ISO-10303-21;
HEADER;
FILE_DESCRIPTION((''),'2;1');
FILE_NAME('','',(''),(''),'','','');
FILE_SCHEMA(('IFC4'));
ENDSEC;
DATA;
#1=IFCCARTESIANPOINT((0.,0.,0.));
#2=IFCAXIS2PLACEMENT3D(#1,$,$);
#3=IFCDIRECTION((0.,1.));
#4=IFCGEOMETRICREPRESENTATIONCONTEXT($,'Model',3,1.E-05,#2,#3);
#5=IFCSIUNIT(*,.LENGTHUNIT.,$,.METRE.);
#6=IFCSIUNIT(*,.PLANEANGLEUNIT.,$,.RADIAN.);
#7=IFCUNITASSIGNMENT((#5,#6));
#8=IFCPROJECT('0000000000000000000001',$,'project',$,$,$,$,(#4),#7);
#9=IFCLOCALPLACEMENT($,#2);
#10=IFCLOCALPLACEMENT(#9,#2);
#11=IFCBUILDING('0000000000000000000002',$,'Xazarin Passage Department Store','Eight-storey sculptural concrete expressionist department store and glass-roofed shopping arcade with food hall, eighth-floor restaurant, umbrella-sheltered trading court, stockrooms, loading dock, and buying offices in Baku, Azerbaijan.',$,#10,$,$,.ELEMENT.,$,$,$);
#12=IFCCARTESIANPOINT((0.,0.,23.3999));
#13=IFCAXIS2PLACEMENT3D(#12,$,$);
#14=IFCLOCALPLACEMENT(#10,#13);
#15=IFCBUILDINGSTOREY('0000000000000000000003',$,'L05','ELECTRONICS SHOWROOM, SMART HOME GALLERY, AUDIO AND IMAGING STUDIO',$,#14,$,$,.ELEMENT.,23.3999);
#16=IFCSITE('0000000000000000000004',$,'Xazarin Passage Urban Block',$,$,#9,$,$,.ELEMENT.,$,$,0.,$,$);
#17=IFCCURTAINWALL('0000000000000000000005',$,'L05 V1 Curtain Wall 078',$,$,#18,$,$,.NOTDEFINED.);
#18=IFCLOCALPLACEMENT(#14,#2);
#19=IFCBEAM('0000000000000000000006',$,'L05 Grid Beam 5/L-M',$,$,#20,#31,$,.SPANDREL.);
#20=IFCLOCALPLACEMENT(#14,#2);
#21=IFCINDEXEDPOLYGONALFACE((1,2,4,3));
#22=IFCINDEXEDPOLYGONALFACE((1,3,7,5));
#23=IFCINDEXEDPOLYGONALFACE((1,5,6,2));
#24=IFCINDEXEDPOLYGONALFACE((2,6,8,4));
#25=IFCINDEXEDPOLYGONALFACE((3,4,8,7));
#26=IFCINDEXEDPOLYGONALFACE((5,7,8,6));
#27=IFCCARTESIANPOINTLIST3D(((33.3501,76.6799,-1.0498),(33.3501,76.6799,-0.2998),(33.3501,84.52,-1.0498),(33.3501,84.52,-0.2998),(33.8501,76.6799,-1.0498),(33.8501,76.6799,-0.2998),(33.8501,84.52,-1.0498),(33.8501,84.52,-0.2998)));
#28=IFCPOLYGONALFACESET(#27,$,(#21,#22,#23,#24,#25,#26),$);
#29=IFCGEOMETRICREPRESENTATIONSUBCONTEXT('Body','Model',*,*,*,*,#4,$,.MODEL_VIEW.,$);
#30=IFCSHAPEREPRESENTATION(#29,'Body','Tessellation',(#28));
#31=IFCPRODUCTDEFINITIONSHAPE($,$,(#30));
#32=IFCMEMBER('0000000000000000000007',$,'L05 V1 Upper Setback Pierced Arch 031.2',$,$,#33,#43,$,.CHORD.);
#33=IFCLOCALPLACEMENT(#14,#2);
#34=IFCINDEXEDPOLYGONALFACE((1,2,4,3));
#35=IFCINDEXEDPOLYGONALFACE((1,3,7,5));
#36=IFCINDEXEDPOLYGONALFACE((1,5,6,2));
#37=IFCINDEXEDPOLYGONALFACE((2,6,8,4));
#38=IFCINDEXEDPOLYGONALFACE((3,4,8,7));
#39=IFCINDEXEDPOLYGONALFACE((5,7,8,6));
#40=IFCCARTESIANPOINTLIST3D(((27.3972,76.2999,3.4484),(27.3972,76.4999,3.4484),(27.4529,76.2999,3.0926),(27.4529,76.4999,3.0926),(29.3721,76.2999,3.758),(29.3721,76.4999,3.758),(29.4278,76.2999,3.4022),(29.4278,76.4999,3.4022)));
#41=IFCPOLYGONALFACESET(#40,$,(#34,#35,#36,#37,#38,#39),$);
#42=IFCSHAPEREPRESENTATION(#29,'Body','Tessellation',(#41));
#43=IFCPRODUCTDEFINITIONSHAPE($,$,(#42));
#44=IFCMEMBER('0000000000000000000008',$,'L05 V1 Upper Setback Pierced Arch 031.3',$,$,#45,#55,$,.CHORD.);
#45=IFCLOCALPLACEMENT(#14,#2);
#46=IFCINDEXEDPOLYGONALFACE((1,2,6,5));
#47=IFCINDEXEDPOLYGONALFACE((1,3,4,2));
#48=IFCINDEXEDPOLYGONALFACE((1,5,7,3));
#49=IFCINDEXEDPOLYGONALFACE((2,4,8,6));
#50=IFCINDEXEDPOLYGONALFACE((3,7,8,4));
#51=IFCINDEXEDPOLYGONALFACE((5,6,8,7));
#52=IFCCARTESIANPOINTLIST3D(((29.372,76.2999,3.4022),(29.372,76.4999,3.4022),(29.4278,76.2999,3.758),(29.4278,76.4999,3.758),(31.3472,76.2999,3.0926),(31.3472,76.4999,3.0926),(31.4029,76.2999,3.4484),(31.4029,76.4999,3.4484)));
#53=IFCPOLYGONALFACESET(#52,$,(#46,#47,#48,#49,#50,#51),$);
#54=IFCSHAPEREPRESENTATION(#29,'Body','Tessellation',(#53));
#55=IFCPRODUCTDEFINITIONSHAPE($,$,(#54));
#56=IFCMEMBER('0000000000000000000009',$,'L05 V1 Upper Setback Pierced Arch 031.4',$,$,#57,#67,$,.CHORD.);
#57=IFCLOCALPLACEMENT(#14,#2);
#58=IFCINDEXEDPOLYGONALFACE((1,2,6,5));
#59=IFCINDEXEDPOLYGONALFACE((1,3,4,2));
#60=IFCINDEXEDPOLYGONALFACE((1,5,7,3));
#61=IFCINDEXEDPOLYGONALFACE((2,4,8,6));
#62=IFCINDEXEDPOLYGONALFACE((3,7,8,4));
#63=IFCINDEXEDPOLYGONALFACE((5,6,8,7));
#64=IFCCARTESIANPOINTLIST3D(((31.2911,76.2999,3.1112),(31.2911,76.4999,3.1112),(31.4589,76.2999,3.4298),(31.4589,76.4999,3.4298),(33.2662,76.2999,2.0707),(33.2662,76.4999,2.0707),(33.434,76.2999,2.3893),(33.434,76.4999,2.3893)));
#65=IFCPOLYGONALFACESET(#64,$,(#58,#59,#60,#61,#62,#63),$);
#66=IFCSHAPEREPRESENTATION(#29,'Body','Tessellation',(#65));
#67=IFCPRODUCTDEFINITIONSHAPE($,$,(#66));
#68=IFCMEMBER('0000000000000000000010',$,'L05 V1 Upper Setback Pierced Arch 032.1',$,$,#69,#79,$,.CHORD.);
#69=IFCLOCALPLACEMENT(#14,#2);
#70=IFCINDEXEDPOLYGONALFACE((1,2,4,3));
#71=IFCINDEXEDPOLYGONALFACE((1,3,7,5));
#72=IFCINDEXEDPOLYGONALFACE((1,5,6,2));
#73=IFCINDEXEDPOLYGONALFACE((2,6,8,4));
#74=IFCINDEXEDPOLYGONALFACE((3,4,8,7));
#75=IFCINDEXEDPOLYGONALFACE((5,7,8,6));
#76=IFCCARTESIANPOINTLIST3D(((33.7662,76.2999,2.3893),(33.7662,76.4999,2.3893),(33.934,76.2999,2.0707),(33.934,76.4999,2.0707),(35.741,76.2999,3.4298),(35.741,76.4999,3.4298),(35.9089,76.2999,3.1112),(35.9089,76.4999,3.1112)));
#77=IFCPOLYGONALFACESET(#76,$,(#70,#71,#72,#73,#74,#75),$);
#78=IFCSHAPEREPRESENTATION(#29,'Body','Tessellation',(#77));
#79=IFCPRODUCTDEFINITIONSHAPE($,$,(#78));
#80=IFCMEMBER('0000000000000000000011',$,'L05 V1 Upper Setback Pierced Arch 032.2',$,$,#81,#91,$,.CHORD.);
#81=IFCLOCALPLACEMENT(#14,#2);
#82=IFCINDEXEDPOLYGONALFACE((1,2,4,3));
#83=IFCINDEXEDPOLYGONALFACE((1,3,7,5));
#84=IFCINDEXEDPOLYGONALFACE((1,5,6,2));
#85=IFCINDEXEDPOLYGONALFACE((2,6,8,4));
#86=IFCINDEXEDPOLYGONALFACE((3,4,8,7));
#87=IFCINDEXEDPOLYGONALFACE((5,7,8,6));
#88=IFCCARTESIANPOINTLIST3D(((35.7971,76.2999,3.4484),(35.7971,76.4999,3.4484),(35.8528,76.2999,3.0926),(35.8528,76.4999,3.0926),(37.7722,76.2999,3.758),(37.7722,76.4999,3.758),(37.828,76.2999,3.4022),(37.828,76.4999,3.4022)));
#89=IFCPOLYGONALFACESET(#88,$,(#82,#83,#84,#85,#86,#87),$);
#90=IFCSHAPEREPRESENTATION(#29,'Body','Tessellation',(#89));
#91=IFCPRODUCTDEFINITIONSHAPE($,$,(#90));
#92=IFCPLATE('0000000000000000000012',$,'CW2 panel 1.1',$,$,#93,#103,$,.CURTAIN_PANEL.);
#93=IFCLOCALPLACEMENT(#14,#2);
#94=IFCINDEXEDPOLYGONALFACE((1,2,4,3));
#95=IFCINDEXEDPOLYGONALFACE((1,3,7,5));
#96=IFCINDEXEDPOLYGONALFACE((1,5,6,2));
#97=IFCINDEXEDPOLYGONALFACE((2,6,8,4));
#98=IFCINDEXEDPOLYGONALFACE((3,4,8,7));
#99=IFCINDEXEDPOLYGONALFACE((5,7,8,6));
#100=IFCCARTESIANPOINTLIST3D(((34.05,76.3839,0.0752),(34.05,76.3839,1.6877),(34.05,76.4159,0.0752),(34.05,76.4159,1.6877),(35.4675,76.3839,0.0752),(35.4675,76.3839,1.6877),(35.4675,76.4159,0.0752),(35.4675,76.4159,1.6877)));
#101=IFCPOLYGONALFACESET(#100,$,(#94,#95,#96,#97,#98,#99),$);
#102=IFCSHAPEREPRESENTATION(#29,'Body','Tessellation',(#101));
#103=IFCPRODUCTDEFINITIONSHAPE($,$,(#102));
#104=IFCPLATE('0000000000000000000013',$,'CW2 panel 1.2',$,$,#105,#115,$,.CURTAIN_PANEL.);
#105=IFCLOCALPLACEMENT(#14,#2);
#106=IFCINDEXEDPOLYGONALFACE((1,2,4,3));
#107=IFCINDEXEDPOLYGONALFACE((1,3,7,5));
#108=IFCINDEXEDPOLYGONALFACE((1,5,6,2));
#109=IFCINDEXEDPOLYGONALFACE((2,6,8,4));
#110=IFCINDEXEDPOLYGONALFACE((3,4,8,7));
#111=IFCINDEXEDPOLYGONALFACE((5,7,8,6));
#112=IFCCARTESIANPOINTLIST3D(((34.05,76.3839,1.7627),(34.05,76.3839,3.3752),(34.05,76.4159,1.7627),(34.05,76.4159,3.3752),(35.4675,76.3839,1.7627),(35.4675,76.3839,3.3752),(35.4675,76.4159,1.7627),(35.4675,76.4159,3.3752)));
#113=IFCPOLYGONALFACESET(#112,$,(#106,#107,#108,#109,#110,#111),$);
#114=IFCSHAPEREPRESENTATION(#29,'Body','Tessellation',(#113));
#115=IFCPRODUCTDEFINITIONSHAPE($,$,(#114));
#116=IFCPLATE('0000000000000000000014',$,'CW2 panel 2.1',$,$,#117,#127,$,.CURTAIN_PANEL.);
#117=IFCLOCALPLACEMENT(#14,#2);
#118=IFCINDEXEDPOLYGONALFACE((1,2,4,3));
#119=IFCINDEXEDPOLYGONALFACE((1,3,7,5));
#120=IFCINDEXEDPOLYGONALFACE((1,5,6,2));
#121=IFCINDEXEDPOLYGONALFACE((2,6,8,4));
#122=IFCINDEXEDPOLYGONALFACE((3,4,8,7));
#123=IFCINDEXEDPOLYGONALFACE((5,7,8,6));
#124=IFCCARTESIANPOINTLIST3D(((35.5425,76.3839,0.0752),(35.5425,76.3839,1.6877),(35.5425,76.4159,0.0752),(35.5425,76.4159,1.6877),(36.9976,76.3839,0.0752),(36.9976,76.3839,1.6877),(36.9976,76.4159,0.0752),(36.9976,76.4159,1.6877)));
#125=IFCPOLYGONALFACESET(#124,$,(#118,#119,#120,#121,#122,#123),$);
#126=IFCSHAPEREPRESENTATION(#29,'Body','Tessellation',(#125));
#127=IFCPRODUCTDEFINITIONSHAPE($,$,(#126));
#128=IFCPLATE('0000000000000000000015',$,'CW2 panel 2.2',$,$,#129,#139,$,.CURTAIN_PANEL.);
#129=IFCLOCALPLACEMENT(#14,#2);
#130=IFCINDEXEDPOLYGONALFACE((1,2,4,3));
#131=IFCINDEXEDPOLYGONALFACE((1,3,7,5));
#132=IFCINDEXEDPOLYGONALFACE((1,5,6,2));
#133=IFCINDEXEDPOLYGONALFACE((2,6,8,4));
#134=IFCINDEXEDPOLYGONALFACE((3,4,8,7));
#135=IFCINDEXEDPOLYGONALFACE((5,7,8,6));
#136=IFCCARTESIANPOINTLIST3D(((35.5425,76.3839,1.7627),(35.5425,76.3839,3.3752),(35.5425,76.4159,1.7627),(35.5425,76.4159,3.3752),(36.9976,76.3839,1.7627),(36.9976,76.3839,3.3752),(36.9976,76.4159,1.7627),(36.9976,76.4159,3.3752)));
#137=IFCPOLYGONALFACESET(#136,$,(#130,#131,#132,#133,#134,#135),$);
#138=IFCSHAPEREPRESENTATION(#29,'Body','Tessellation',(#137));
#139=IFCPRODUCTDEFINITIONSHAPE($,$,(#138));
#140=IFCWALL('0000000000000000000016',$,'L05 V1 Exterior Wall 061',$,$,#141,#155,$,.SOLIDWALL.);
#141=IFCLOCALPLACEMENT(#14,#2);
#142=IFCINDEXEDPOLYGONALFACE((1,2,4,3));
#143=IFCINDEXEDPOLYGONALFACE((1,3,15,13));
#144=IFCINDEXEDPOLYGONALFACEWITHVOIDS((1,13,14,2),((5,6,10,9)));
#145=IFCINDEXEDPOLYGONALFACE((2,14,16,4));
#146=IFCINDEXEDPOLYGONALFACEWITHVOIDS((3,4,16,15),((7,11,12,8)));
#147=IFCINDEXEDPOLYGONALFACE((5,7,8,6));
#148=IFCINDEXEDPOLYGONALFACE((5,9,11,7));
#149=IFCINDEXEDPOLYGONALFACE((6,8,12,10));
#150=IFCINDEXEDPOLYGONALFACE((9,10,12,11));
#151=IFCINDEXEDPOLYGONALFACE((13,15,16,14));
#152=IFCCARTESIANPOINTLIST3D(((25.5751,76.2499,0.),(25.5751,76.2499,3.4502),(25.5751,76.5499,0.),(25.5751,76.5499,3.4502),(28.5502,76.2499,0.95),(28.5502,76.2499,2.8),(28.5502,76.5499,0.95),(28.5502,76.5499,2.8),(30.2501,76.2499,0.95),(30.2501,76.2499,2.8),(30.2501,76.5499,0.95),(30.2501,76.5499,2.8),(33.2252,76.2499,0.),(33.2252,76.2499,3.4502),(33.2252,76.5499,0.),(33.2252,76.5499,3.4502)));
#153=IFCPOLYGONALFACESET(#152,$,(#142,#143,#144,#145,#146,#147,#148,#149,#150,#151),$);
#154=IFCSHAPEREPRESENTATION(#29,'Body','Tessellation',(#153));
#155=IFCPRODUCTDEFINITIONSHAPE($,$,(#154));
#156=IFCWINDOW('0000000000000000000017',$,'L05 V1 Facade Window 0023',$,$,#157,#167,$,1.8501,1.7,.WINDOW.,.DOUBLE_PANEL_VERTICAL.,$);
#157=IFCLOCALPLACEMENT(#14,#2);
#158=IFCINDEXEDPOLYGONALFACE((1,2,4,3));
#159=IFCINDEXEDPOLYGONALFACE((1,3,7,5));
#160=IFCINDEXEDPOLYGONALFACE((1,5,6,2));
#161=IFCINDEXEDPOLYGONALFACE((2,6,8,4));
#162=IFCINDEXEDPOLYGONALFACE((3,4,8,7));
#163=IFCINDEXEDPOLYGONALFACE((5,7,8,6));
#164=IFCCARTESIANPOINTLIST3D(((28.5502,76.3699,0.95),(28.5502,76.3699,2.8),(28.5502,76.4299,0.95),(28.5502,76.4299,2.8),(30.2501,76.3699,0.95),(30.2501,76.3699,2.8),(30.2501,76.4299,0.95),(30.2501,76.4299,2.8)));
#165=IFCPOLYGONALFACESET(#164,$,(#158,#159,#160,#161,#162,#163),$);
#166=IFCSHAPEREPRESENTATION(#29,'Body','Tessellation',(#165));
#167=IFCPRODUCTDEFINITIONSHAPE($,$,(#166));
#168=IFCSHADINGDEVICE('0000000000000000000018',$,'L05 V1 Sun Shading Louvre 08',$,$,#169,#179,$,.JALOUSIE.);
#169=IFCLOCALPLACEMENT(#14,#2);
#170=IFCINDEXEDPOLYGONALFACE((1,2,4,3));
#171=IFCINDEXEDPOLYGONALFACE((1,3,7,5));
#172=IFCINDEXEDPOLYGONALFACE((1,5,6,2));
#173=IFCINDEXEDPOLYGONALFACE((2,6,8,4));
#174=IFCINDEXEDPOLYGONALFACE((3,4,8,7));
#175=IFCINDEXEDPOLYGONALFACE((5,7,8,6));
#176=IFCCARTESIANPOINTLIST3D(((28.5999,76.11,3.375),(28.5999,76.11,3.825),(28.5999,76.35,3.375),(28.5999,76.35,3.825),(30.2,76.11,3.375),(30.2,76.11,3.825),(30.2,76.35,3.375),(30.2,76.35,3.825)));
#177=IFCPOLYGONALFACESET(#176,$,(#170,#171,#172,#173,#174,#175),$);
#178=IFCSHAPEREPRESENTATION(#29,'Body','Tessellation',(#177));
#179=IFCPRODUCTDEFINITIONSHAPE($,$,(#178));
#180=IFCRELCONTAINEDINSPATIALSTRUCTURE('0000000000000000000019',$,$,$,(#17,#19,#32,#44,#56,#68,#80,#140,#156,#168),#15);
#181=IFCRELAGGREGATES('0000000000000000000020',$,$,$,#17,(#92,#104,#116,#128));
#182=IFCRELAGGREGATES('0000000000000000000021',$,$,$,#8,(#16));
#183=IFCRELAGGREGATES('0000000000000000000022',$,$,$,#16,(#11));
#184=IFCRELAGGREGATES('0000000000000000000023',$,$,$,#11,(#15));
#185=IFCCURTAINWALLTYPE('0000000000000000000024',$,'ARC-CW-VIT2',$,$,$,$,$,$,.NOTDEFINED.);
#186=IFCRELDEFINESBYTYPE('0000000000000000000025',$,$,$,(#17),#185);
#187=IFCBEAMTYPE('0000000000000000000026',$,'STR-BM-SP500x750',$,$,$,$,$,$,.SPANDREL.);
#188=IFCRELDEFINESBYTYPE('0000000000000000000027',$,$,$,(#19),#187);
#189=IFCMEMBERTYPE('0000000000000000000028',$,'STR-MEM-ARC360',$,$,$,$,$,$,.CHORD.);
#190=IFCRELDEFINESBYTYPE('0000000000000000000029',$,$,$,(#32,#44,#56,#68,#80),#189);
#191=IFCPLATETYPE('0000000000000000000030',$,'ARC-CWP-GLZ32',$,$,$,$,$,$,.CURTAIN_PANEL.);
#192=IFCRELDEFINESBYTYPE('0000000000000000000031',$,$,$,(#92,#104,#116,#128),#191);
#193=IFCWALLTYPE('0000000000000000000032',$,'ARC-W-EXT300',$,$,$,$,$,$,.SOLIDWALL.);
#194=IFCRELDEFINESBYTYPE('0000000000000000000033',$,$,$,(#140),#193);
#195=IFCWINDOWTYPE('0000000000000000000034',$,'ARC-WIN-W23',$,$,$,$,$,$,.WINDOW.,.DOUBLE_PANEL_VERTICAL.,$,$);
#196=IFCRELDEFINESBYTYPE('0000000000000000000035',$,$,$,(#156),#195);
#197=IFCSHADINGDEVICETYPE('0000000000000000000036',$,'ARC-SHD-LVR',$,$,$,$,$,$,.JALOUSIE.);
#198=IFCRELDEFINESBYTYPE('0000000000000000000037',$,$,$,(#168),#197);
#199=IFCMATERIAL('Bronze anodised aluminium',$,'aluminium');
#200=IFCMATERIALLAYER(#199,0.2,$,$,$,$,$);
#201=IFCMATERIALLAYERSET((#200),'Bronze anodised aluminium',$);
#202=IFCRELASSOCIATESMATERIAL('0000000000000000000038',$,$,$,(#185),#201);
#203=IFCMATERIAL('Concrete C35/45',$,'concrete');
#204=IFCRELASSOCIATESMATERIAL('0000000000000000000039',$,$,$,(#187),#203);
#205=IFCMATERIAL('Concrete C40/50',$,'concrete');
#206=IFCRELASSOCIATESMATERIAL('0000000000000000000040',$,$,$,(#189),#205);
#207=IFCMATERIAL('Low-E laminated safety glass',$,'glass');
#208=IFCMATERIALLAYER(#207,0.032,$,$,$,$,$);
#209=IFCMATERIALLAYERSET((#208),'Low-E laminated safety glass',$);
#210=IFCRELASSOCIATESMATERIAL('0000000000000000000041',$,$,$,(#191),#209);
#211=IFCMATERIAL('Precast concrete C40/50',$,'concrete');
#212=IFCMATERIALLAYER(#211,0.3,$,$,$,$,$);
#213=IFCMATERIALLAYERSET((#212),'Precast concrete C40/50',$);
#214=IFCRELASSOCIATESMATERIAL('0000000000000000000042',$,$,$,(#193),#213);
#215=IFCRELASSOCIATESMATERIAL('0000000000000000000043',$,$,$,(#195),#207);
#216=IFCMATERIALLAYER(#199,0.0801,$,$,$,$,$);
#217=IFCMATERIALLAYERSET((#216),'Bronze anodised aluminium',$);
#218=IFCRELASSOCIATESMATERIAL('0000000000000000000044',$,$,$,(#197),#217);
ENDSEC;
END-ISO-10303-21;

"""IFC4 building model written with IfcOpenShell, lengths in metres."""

from ifc_helpers import new_model, si_unit, direction, frame, frame_2d, origin, origin_2d, place, context, subcontext, project, spatial, rectangle, extrude, material, layer, layer_set, material_profile, profile_set, type_object, element, fill, aggregate, save


model = new_model("IFC4")

# Units and contexts
model_context = context("Model", 3, precision=1e-05, world=origin(), true_north=direction((0.0, 1.0)))
body_context = subcontext(model_context, "Body", "Model", "MODEL_VIEW")
ifc_project = project(units=[si_unit("LENGTHUNIT", "METRE"), si_unit("PLANEANGLEUNIT", "RADIAN")], contexts=[model_context])

# Site, building, storey
site_placement = place(None, origin())
site = spatial("IfcSite", under=ifc_project, at=site_placement, Name="Xazarin Passage Urban Block", CompositionType="ELEMENT", RefElevation=0.0)
building_placement = place(site_placement, origin())
building = spatial("IfcBuilding", under=site, at=building_placement, Name="Xazarin Passage Department Store", Description="Eight-storey sculptural concrete expressionist department store and glass-roofed shopping arcade with food hall, eighth-floor restaurant, umbrella-sheltered trading court, stockrooms, loading dock, and buying offices in Baku, Azerbaijan.", CompositionType="ELEMENT")
storey_placement = place(building_placement, frame((0.0, 0.0, 23.3999)))
storey = spatial("IfcBuildingStorey", under=building, at=storey_placement, Name="L05", Description="ELECTRONICS SHOWROOM, SMART HOME GALLERY, AUDIO AND IMAGING STUDIO", CompositionType="ELEMENT", Elevation=23.3999)

# Shared definitions
ifc_material_1 = material(Name="Concrete C40/50", Category="concrete")

# Curtain wall
ifc_material_2 = material(Name="Bronze anodised aluminium", Category="aluminium")
ifc_layer_1 = layer(ifc_material_2, 0.2)
ifc_layer_set_1 = layer_set([ifc_layer_1], Name="Bronze anodised aluminium")
curtain_wall_type = type_object("IfcCurtainWallType", Name="ARC-CW-VIT2", PredefinedType="NOTDEFINED", material=ifc_layer_set_1)
curtain_wall_placement = place(storey_placement, origin())
curtain_wall = element("IfcCurtainWall", 1, at=curtain_wall_placement, inside=storey, type_object=curtain_wall_type, Name="L05 V1 Curtain Wall 078", PredefinedType="NOTDEFINED")

# Beam
ifc_material_3 = material(Name="Concrete C35/45", Category="concrete")
ifc_material_profile_1 = material_profile(ifc_material_3, rectangle(XDim=0.5, YDim=0.75, at=origin_2d()), Name="RC 500x750")
ifc_profile_set_1 = profile_set([ifc_material_profile_1], Name="Concrete C35/45")
beam_type = type_object("IfcBeamType", Name="STR-BM-SP500x750", PredefinedType="SPANDREL", material=ifc_profile_set_1)
for number, where, z_axis, x_axis, name in (
    (2, (33.6001, 76.6799, -0.6748), (0.0, 1.0, 0.0), (-1.0, 0.0, 0.0), "L05 Grid Beam 5/L-M"),
):
    element("IfcBeam", number, at=place(storey_placement, frame(where, z_axis=z_axis, x_axis=x_axis)), inside=storey, type_object=beam_type, Name=name, PredefinedType="SPANDREL", context=body_context, shape_type="SweptSolid", body=[
        extrude(rectangle(XDim=0.5, YDim=0.75, at=origin_2d()), origin(), (0.0, 0.0, 1.0), 7.8401),
    ])

# Members
ifc_material_profile_2 = material_profile(ifc_material_1, rectangle(XDim=0.2, YDim=0.3601, at=origin_2d()), Name="RC 200x360")
ifc_profile_set_2 = profile_set([ifc_material_profile_2], Name="Concrete C40/50")
member_type_1 = type_object("IfcMemberType", Name="STR-MEM-ARC360", PredefinedType="CHORD", material=ifc_profile_set_2)
member_1_placement = place(storey_placement, frame((27.425, 76.3999, 3.2705), z_axis=(0.987936, 0.0, 0.154865), x_axis=(0.0, 1.0, 0.0)))
element("IfcMember", 3, at=member_1_placement, inside=storey, type_object=member_type_1, Name="L05 V1 Upper Setback Pierced Arch 031.2", PredefinedType="CHORD", context=body_context, shape_type="SweptSolid", body=[
    extrude(rectangle(XDim=0.2, YDim=0.3601, at=origin_2d()), origin(), (0.0, 0.0, 1.0), 1.999),
])
member_2_placement = place(storey_placement, frame((29.3999, 76.3999, 3.5801), z_axis=(0.987939, 0.0, -0.154846), x_axis=(0.0, 1.0, 0.0)))
element("IfcMember", 4, at=member_2_placement, inside=storey, type_object=member_type_1, Name="L05 V1 Upper Setback Pierced Arch 031.3", PredefinedType="CHORD", context=body_context, shape_type="SweptSolid", body=[
    extrude(rectangle(XDim=0.2, YDim=0.3601, at=origin_2d()), origin(), (0.0, 0.0, 1.0), 1.9993),
])
member_3_placement = place(storey_placement, frame((31.375, 76.3999, 3.2705), z_axis=(0.884733, 0.0, -0.466098), x_axis=(0.0, 1.0, 0.0)))
element("IfcMember", 5, at=member_3_placement, inside=storey, type_object=member_type_1, Name="L05 V1 Upper Setback Pierced Arch 031.4", PredefinedType="CHORD", context=body_context, shape_type="SweptSolid", body=[
    extrude(rectangle(XDim=0.2, YDim=0.3601, at=origin_2d()), origin(), (0.0, 0.0, 1.0), 2.2324),
])
member_4_placement = place(storey_placement, frame((33.8501, 76.3999, 2.23), z_axis=(0.884709, 0.0, 0.466143), x_axis=(0.0, 1.0, 0.0)))
element("IfcMember", 6, at=member_4_placement, inside=storey, type_object=member_type_1, Name="L05 V1 Upper Setback Pierced Arch 032.1", PredefinedType="CHORD", context=body_context, shape_type="SweptSolid", body=[
    extrude(rectangle(XDim=0.2, YDim=0.3601, at=origin_2d()), origin(), (0.0, 0.0, 1.0), 2.2322),
])
member_5_placement = place(storey_placement, frame((35.825, 76.3999, 3.2705), z_axis=(0.987939, 0.0, 0.154846), x_axis=(0.0, 1.0, 0.0)))
element("IfcMember", 7, at=member_5_placement, inside=storey, type_object=member_type_1, Name="L05 V1 Upper Setback Pierced Arch 032.2", PredefinedType="CHORD", context=body_context, shape_type="SweptSolid", body=[
    extrude(rectangle(XDim=0.2, YDim=0.3601, at=origin_2d()), origin(), (0.0, 0.0, 1.0), 1.9993),
])

# Plates
ifc_material_4 = material(Name="Low-E laminated safety glass", Category="glass")
ifc_layer_2 = layer(ifc_material_4, 0.032)
ifc_layer_set_2 = layer_set([ifc_layer_2], Name="Low-E laminated safety glass")
plate_type = type_object("IfcPlateType", Name="ARC-CWP-GLZ32", PredefinedType="CURTAIN_PANEL", material=ifc_layer_set_2)
plate_1_placement = place(storey_placement, frame((34.7588, 76.3999, 0.0752), z_axis=(0.0, 0.0, 1.0), x_axis=(1.0, 0.0, 0.0)))
plate_1 = element("IfcPlate", 8, at=plate_1_placement, type_object=plate_type, Name="CW2 panel 1.1", PredefinedType="CURTAIN_PANEL", context=body_context, shape_type="SweptSolid", body=[
    extrude(rectangle(XDim=1.4175, YDim=0.032, at=origin_2d()), origin(), (0.0, 0.0, 1.0), 1.6125),
])
plate_2_placement = place(storey_placement, frame((34.7588, 76.3999, 1.7627), z_axis=(0.0, 0.0, 1.0), x_axis=(1.0, 0.0, 0.0)))
plate_2 = element("IfcPlate", 9, at=plate_2_placement, type_object=plate_type, Name="CW2 panel 1.2", PredefinedType="CURTAIN_PANEL", context=body_context, shape_type="SweptSolid", body=[
    extrude(rectangle(XDim=1.4175, YDim=0.032, at=origin_2d()), origin(), (0.0, 0.0, 1.0), 1.6125),
])
plate_3_placement = place(storey_placement, frame((36.27, 76.3999, 0.0752), z_axis=(0.0, 0.0, 1.0), x_axis=(1.0, 0.0, 0.0)))
plate_3 = element("IfcPlate", 10, at=plate_3_placement, type_object=plate_type, Name="CW2 panel 2.1", PredefinedType="CURTAIN_PANEL", context=body_context, shape_type="SweptSolid", body=[
    extrude(rectangle(XDim=1.4551, YDim=0.032, at=origin_2d()), origin(), (0.0, 0.0, 1.0), 1.6125),
])
plate_4_placement = place(storey_placement, frame((36.27, 76.3999, 1.7627), z_axis=(0.0, 0.0, 1.0), x_axis=(1.0, 0.0, 0.0)))
plate_4 = element("IfcPlate", 11, at=plate_4_placement, type_object=plate_type, Name="CW2 panel 2.2", PredefinedType="CURTAIN_PANEL", context=body_context, shape_type="SweptSolid", body=[
    extrude(rectangle(XDim=1.4551, YDim=0.032, at=origin_2d()), origin(), (0.0, 0.0, 1.0), 1.6125),
])
aggregate(curtain_wall, [plate_1, plate_2, plate_3, plate_4])

# Wall, opening, window
ifc_material_5 = material(Name="Precast concrete C40/50", Category="concrete")
ifc_layer_3 = layer(ifc_material_5, 0.3)
ifc_layer_set_3 = layer_set([ifc_layer_3], Name="Precast concrete C40/50")
wall_type = type_object("IfcWallType", Name="ARC-W-EXT300", PredefinedType="SOLIDWALL", material=ifc_layer_set_3)
wall_placement = place(storey_placement, frame((25.575, 76.3999, 0.0), z_axis=(0.0, 0.0, 1.0), x_axis=(1.0, 0.0, 0.0)))
wall = element("IfcWall", 12, at=wall_placement, inside=storey, type_object=wall_type, Name="L05 V1 Exterior Wall 061", PredefinedType="SOLIDWALL", context=body_context, shape_type="SweptSolid", body=[
    extrude(rectangle(XDim=7.6501, YDim=0.3, at=frame_2d((3.8252, 0.0))), origin(), (0.0, 0.0, 1.0), 3.4502),
])
opening_placement = place(wall_placement, frame((2.9751, 0.0, 0.95)))
opening = element("IfcOpeningElement", 13, at=opening_placement, cuts=wall, PredefinedType="OPENING", context=body_context, shape_type="SweptSolid", body=[
    extrude(rectangle(XDim=1.7, YDim=1.8501, at=frame_2d((0.8501, 0.925))), frame((0.0, 0.1599, 0.0), z_axis=(0.0, -1.0, 0.0), x_axis=(1.0, 0.0, 0.0)), (0.0, 0.0, 1.0), 0.3201),
])
window_type = type_object("IfcWindowType", Name="ARC-WIN-W23", PartitioningType="DOUBLE_PANEL_VERTICAL", PredefinedType="WINDOW", material=ifc_material_4)
window_placement = place(opening_placement, origin())
window = element("IfcWindow", 14, at=window_placement, inside=storey, type_object=window_type, Name="L05 V1 Facade Window 0023", OverallHeight=1.8501, OverallWidth=1.7, PartitioningType="DOUBLE_PANEL_VERTICAL", PredefinedType="WINDOW", context=body_context, shape_type="SweptSolid", body=[
    extrude(rectangle(XDim=1.7, YDim=1.8501, at=frame_2d((0.8501, 0.925))), frame((0.0, 0.03, 0.0), z_axis=(0.0, -1.0, 0.0), x_axis=(1.0, 0.0, 0.0)), (0.0, 0.0, 1.0), 0.0601),
])
fill(opening, window)

# Shading device
ifc_layer_4 = layer(ifc_material_2, 0.0801)
ifc_layer_set_4 = layer_set([ifc_layer_4], Name="Bronze anodised aluminium")
shading_device_type = type_object("IfcShadingDeviceType", Name="ARC-SHD-LVR", PredefinedType="JALOUSIE", material=ifc_layer_set_4)
shading_device_placement = place(storey_placement, frame((29.3999, 76.23, 3.375), z_axis=(0.0, 0.0, 1.0), x_axis=(1.0, 0.0, 0.0)))
element("IfcShadingDevice", 15, at=shading_device_placement, inside=storey, type_object=shading_device_type, Name="L05 V1 Sun Shading Louvre 08", PredefinedType="JALOUSIE", context=body_context, shape_type="SweptSolid", body=[
    extrude(rectangle(XDim=1.6001, YDim=0.24, at=origin_2d()), origin(), (0.0, 0.0, 1.0), 0.45),
])

save(model, "model.ifc")
